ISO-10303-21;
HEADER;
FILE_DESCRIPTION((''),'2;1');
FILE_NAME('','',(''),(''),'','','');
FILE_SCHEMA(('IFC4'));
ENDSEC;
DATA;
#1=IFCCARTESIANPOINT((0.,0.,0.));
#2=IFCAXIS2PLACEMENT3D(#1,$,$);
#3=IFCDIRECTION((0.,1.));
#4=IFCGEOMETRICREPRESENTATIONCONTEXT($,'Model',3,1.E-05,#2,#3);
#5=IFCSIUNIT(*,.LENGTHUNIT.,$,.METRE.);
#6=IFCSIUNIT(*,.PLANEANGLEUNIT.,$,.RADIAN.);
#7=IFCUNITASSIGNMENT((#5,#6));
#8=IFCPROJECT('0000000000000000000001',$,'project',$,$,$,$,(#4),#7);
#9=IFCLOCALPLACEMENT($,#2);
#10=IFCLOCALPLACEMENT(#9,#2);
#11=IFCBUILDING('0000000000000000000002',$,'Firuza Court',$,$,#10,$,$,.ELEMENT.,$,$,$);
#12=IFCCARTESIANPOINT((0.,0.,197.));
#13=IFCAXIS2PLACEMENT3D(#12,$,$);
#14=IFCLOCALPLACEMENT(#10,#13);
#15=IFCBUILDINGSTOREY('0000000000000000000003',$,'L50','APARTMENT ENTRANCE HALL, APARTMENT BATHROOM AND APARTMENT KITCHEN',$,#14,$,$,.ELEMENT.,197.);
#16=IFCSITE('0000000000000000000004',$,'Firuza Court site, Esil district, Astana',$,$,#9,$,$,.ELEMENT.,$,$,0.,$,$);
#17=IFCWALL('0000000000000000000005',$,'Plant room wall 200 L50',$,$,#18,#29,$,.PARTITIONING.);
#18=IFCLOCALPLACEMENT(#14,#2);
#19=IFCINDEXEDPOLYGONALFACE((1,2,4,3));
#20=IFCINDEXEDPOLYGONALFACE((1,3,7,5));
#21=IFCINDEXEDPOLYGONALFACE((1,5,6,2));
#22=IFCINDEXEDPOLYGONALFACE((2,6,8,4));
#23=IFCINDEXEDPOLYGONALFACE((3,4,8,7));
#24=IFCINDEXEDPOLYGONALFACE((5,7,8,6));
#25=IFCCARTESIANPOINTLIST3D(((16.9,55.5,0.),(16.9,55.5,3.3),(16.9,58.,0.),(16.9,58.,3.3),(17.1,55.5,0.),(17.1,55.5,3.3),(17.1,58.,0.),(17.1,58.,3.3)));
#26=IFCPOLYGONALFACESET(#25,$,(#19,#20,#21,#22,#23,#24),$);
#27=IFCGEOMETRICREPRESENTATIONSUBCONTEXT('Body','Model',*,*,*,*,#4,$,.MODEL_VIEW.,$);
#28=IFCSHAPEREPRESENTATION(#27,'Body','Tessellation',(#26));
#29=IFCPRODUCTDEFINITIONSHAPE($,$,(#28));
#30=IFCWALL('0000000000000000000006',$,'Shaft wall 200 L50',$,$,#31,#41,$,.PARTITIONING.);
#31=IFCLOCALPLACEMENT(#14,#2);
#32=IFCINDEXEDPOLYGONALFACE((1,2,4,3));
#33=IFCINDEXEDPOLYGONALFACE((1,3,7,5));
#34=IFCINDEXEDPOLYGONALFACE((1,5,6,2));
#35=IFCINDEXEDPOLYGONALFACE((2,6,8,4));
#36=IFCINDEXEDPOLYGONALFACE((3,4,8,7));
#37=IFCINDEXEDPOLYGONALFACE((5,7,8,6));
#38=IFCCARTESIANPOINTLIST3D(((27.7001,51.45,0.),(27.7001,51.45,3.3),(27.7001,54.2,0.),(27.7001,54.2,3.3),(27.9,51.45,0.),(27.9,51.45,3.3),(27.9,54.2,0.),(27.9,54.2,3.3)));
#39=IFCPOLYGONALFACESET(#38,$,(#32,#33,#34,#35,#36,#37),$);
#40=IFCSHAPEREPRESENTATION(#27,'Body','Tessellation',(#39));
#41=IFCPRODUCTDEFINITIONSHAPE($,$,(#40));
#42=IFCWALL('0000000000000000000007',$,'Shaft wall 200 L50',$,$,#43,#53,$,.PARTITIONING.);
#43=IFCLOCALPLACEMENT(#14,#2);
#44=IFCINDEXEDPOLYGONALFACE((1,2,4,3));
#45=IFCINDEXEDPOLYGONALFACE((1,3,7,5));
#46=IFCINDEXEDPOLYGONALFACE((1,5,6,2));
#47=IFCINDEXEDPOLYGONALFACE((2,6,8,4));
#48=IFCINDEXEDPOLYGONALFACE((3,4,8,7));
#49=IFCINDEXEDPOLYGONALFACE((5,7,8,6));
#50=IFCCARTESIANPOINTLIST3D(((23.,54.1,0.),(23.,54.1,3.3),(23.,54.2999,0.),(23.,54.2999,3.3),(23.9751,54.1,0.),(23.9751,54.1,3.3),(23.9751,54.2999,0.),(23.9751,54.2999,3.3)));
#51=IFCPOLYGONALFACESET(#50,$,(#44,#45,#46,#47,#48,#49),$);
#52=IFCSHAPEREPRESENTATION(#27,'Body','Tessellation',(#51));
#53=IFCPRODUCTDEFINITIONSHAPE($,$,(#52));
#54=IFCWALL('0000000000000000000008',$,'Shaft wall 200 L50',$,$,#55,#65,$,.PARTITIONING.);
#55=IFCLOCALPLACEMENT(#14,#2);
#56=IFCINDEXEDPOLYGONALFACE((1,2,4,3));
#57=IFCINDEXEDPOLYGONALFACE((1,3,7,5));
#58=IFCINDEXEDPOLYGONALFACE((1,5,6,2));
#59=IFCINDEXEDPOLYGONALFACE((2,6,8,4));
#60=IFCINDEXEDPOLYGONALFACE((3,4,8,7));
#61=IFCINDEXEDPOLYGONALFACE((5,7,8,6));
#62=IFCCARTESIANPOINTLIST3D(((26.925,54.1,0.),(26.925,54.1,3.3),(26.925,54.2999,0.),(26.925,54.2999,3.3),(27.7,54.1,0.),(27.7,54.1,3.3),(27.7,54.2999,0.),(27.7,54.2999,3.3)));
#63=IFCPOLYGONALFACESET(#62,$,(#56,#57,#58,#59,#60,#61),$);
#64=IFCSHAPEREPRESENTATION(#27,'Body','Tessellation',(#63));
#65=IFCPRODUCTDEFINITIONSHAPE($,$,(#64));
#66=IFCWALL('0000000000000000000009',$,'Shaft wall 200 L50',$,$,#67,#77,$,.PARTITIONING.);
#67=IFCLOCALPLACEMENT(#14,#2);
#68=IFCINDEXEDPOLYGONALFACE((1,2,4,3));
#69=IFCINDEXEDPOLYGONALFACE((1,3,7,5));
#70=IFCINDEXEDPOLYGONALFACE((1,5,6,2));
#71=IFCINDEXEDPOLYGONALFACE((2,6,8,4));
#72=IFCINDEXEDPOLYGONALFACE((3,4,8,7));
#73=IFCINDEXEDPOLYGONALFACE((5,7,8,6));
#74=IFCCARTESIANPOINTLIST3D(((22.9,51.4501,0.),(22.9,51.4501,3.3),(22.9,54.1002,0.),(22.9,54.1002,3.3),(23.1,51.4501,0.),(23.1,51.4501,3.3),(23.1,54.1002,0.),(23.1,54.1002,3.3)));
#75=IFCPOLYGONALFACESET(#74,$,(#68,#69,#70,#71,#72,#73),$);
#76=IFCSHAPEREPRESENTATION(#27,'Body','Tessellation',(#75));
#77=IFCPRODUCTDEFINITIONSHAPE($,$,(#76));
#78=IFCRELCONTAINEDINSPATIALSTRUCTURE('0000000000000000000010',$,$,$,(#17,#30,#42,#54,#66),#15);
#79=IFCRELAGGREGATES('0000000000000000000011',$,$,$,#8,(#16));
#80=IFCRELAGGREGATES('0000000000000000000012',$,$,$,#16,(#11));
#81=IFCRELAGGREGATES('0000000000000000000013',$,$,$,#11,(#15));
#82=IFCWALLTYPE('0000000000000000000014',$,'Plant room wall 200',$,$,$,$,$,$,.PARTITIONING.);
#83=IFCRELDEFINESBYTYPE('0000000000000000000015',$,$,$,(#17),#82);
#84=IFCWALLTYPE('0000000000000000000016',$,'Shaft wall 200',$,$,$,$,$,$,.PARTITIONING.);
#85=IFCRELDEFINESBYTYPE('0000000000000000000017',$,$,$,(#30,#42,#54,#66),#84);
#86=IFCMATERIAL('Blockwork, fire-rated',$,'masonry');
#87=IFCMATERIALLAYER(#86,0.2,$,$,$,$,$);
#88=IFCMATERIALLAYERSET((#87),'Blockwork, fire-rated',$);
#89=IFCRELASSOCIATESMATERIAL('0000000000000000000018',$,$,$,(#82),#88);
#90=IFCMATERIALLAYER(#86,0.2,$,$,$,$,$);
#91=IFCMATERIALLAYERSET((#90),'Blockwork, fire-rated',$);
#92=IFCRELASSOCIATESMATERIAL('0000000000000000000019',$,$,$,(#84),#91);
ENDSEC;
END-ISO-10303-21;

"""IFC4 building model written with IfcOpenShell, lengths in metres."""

from ifc_helpers import new_model, si_unit, direction, frame, frame_2d, origin, place, context, subcontext, project, spatial, rectangle, extrude, material, layer, layer_set, type_object, element, save


model = new_model("IFC4")

# Units and contexts
model_context = context("Model", 3, precision=1e-05, world=origin(), true_north=direction((0.0, 1.0)))
body_context = subcontext(model_context, "Body", "Model", "MODEL_VIEW")
ifc_project = project(units=[si_unit("LENGTHUNIT", "METRE"), si_unit("PLANEANGLEUNIT", "RADIAN")], contexts=[model_context])

# Site, building, storey
site_placement = place(None, origin())
site = spatial("IfcSite", under=ifc_project, at=site_placement, Name="Firuza Court site, Esil district, Astana", CompositionType="ELEMENT", RefElevation=0.0)
building_placement = place(site_placement, origin())
building = spatial("IfcBuilding", under=site, at=building_placement, Name="Firuza Court", CompositionType="ELEMENT")
storey_placement = place(building_placement, frame((0.0, 0.0, 197.0)))
storey = spatial("IfcBuildingStorey", under=building, at=storey_placement, Name="L50", Description="APARTMENT ENTRANCE HALL, APARTMENT BATHROOM AND APARTMENT KITCHEN", CompositionType="ELEMENT", Elevation=197.0)

# Shared definitions
ifc_material_1 = material(Name="Blockwork, fire-rated", Category="masonry")
ifc_layer_1 = layer(ifc_material_1, 0.2)
ifc_layer_set_1 = layer_set([ifc_layer_1], Name="Blockwork, fire-rated")
wall_type_1 = type_object("IfcWallType", Name="Plant room wall 200", PredefinedType="PARTITIONING", material=ifc_layer_set_1)

# Walls
wall_1_placement = place(storey_placement, frame((17.0, 55.5, 0.0), z_axis=(0.0, 0.0, 1.0), x_axis=(0.0, 1.0, 0.0)))
element("IfcWall", 1, at=wall_1_placement, inside=storey, type_object=wall_type_1, Name="Plant room wall 200 L50", PredefinedType="PARTITIONING", context=body_context, shape_type="SweptSolid", body=[
    extrude(rectangle(XDim=2.5, YDim=0.2, at=frame_2d((1.25, 0.0))), origin(), (0.0, 0.0, 1.0), 3.3),
])
ifc_layer_2 = layer(ifc_material_1, 0.2)
ifc_layer_set_2 = layer_set([ifc_layer_2], Name="Blockwork, fire-rated")
wall_type_2 = type_object("IfcWallType", Name="Shaft wall 200", PredefinedType="PARTITIONING", material=ifc_layer_set_2)
wall_2_placement = place(storey_placement, frame((27.8, 51.45, 0.0), z_axis=(0.0, 0.0, 1.0), x_axis=(0.0, 1.0, 0.0)))
element("IfcWall", 2, at=wall_2_placement, inside=storey, type_object=wall_type_2, Name="Shaft wall 200 L50", PredefinedType="PARTITIONING", context=body_context, shape_type="SweptSolid", body=[
    extrude(rectangle(XDim=2.75, YDim=0.2, at=frame_2d((1.375, 0.0))), origin(), (0.0, 0.0, 1.0), 3.3),
])
wall_3_placement = place(storey_placement, frame((23.0, 54.2, 0.0), z_axis=(0.0, 0.0, 1.0), x_axis=(1.0, 0.0, 0.0)))
element("IfcWall", 3, at=wall_3_placement, inside=storey, type_object=wall_type_2, Name="Shaft wall 200 L50", PredefinedType="PARTITIONING", context=body_context, shape_type="SweptSolid", body=[
    extrude(rectangle(XDim=0.9751, YDim=0.2, at=frame_2d((0.4875, 0.0))), origin(), (0.0, 0.0, 1.0), 3.3),
])
wall_4_placement = place(storey_placement, frame((26.925, 54.2, 0.0), z_axis=(0.0, 0.0, 1.0), x_axis=(1.0, 0.0, 0.0)))
element("IfcWall", 4, at=wall_4_placement, inside=storey, type_object=wall_type_2, Name="Shaft wall 200 L50", PredefinedType="PARTITIONING", context=body_context, shape_type="SweptSolid", body=[
    extrude(rectangle(XDim=0.7749, YDim=0.2, at=frame_2d((0.3875, 0.0))), origin(), (0.0, 0.0, 1.0), 3.3),
])
wall_5_placement = place(storey_placement, frame((23.0, 51.45, 0.0), z_axis=(0.0, 0.0, 1.0), x_axis=(0.0, 1.0, 0.0)))
element("IfcWall", 5, at=wall_5_placement, inside=storey, type_object=wall_type_2, Name="Shaft wall 200 L50", PredefinedType="PARTITIONING", context=body_context, shape_type="SweptSolid", body=[
    extrude(rectangle(XDim=2.6501, YDim=0.2, at=frame_2d((1.3252, 0.0))), origin(), (0.0, 0.0, 1.0), 3.3),
])

save(model, "model.ifc")
